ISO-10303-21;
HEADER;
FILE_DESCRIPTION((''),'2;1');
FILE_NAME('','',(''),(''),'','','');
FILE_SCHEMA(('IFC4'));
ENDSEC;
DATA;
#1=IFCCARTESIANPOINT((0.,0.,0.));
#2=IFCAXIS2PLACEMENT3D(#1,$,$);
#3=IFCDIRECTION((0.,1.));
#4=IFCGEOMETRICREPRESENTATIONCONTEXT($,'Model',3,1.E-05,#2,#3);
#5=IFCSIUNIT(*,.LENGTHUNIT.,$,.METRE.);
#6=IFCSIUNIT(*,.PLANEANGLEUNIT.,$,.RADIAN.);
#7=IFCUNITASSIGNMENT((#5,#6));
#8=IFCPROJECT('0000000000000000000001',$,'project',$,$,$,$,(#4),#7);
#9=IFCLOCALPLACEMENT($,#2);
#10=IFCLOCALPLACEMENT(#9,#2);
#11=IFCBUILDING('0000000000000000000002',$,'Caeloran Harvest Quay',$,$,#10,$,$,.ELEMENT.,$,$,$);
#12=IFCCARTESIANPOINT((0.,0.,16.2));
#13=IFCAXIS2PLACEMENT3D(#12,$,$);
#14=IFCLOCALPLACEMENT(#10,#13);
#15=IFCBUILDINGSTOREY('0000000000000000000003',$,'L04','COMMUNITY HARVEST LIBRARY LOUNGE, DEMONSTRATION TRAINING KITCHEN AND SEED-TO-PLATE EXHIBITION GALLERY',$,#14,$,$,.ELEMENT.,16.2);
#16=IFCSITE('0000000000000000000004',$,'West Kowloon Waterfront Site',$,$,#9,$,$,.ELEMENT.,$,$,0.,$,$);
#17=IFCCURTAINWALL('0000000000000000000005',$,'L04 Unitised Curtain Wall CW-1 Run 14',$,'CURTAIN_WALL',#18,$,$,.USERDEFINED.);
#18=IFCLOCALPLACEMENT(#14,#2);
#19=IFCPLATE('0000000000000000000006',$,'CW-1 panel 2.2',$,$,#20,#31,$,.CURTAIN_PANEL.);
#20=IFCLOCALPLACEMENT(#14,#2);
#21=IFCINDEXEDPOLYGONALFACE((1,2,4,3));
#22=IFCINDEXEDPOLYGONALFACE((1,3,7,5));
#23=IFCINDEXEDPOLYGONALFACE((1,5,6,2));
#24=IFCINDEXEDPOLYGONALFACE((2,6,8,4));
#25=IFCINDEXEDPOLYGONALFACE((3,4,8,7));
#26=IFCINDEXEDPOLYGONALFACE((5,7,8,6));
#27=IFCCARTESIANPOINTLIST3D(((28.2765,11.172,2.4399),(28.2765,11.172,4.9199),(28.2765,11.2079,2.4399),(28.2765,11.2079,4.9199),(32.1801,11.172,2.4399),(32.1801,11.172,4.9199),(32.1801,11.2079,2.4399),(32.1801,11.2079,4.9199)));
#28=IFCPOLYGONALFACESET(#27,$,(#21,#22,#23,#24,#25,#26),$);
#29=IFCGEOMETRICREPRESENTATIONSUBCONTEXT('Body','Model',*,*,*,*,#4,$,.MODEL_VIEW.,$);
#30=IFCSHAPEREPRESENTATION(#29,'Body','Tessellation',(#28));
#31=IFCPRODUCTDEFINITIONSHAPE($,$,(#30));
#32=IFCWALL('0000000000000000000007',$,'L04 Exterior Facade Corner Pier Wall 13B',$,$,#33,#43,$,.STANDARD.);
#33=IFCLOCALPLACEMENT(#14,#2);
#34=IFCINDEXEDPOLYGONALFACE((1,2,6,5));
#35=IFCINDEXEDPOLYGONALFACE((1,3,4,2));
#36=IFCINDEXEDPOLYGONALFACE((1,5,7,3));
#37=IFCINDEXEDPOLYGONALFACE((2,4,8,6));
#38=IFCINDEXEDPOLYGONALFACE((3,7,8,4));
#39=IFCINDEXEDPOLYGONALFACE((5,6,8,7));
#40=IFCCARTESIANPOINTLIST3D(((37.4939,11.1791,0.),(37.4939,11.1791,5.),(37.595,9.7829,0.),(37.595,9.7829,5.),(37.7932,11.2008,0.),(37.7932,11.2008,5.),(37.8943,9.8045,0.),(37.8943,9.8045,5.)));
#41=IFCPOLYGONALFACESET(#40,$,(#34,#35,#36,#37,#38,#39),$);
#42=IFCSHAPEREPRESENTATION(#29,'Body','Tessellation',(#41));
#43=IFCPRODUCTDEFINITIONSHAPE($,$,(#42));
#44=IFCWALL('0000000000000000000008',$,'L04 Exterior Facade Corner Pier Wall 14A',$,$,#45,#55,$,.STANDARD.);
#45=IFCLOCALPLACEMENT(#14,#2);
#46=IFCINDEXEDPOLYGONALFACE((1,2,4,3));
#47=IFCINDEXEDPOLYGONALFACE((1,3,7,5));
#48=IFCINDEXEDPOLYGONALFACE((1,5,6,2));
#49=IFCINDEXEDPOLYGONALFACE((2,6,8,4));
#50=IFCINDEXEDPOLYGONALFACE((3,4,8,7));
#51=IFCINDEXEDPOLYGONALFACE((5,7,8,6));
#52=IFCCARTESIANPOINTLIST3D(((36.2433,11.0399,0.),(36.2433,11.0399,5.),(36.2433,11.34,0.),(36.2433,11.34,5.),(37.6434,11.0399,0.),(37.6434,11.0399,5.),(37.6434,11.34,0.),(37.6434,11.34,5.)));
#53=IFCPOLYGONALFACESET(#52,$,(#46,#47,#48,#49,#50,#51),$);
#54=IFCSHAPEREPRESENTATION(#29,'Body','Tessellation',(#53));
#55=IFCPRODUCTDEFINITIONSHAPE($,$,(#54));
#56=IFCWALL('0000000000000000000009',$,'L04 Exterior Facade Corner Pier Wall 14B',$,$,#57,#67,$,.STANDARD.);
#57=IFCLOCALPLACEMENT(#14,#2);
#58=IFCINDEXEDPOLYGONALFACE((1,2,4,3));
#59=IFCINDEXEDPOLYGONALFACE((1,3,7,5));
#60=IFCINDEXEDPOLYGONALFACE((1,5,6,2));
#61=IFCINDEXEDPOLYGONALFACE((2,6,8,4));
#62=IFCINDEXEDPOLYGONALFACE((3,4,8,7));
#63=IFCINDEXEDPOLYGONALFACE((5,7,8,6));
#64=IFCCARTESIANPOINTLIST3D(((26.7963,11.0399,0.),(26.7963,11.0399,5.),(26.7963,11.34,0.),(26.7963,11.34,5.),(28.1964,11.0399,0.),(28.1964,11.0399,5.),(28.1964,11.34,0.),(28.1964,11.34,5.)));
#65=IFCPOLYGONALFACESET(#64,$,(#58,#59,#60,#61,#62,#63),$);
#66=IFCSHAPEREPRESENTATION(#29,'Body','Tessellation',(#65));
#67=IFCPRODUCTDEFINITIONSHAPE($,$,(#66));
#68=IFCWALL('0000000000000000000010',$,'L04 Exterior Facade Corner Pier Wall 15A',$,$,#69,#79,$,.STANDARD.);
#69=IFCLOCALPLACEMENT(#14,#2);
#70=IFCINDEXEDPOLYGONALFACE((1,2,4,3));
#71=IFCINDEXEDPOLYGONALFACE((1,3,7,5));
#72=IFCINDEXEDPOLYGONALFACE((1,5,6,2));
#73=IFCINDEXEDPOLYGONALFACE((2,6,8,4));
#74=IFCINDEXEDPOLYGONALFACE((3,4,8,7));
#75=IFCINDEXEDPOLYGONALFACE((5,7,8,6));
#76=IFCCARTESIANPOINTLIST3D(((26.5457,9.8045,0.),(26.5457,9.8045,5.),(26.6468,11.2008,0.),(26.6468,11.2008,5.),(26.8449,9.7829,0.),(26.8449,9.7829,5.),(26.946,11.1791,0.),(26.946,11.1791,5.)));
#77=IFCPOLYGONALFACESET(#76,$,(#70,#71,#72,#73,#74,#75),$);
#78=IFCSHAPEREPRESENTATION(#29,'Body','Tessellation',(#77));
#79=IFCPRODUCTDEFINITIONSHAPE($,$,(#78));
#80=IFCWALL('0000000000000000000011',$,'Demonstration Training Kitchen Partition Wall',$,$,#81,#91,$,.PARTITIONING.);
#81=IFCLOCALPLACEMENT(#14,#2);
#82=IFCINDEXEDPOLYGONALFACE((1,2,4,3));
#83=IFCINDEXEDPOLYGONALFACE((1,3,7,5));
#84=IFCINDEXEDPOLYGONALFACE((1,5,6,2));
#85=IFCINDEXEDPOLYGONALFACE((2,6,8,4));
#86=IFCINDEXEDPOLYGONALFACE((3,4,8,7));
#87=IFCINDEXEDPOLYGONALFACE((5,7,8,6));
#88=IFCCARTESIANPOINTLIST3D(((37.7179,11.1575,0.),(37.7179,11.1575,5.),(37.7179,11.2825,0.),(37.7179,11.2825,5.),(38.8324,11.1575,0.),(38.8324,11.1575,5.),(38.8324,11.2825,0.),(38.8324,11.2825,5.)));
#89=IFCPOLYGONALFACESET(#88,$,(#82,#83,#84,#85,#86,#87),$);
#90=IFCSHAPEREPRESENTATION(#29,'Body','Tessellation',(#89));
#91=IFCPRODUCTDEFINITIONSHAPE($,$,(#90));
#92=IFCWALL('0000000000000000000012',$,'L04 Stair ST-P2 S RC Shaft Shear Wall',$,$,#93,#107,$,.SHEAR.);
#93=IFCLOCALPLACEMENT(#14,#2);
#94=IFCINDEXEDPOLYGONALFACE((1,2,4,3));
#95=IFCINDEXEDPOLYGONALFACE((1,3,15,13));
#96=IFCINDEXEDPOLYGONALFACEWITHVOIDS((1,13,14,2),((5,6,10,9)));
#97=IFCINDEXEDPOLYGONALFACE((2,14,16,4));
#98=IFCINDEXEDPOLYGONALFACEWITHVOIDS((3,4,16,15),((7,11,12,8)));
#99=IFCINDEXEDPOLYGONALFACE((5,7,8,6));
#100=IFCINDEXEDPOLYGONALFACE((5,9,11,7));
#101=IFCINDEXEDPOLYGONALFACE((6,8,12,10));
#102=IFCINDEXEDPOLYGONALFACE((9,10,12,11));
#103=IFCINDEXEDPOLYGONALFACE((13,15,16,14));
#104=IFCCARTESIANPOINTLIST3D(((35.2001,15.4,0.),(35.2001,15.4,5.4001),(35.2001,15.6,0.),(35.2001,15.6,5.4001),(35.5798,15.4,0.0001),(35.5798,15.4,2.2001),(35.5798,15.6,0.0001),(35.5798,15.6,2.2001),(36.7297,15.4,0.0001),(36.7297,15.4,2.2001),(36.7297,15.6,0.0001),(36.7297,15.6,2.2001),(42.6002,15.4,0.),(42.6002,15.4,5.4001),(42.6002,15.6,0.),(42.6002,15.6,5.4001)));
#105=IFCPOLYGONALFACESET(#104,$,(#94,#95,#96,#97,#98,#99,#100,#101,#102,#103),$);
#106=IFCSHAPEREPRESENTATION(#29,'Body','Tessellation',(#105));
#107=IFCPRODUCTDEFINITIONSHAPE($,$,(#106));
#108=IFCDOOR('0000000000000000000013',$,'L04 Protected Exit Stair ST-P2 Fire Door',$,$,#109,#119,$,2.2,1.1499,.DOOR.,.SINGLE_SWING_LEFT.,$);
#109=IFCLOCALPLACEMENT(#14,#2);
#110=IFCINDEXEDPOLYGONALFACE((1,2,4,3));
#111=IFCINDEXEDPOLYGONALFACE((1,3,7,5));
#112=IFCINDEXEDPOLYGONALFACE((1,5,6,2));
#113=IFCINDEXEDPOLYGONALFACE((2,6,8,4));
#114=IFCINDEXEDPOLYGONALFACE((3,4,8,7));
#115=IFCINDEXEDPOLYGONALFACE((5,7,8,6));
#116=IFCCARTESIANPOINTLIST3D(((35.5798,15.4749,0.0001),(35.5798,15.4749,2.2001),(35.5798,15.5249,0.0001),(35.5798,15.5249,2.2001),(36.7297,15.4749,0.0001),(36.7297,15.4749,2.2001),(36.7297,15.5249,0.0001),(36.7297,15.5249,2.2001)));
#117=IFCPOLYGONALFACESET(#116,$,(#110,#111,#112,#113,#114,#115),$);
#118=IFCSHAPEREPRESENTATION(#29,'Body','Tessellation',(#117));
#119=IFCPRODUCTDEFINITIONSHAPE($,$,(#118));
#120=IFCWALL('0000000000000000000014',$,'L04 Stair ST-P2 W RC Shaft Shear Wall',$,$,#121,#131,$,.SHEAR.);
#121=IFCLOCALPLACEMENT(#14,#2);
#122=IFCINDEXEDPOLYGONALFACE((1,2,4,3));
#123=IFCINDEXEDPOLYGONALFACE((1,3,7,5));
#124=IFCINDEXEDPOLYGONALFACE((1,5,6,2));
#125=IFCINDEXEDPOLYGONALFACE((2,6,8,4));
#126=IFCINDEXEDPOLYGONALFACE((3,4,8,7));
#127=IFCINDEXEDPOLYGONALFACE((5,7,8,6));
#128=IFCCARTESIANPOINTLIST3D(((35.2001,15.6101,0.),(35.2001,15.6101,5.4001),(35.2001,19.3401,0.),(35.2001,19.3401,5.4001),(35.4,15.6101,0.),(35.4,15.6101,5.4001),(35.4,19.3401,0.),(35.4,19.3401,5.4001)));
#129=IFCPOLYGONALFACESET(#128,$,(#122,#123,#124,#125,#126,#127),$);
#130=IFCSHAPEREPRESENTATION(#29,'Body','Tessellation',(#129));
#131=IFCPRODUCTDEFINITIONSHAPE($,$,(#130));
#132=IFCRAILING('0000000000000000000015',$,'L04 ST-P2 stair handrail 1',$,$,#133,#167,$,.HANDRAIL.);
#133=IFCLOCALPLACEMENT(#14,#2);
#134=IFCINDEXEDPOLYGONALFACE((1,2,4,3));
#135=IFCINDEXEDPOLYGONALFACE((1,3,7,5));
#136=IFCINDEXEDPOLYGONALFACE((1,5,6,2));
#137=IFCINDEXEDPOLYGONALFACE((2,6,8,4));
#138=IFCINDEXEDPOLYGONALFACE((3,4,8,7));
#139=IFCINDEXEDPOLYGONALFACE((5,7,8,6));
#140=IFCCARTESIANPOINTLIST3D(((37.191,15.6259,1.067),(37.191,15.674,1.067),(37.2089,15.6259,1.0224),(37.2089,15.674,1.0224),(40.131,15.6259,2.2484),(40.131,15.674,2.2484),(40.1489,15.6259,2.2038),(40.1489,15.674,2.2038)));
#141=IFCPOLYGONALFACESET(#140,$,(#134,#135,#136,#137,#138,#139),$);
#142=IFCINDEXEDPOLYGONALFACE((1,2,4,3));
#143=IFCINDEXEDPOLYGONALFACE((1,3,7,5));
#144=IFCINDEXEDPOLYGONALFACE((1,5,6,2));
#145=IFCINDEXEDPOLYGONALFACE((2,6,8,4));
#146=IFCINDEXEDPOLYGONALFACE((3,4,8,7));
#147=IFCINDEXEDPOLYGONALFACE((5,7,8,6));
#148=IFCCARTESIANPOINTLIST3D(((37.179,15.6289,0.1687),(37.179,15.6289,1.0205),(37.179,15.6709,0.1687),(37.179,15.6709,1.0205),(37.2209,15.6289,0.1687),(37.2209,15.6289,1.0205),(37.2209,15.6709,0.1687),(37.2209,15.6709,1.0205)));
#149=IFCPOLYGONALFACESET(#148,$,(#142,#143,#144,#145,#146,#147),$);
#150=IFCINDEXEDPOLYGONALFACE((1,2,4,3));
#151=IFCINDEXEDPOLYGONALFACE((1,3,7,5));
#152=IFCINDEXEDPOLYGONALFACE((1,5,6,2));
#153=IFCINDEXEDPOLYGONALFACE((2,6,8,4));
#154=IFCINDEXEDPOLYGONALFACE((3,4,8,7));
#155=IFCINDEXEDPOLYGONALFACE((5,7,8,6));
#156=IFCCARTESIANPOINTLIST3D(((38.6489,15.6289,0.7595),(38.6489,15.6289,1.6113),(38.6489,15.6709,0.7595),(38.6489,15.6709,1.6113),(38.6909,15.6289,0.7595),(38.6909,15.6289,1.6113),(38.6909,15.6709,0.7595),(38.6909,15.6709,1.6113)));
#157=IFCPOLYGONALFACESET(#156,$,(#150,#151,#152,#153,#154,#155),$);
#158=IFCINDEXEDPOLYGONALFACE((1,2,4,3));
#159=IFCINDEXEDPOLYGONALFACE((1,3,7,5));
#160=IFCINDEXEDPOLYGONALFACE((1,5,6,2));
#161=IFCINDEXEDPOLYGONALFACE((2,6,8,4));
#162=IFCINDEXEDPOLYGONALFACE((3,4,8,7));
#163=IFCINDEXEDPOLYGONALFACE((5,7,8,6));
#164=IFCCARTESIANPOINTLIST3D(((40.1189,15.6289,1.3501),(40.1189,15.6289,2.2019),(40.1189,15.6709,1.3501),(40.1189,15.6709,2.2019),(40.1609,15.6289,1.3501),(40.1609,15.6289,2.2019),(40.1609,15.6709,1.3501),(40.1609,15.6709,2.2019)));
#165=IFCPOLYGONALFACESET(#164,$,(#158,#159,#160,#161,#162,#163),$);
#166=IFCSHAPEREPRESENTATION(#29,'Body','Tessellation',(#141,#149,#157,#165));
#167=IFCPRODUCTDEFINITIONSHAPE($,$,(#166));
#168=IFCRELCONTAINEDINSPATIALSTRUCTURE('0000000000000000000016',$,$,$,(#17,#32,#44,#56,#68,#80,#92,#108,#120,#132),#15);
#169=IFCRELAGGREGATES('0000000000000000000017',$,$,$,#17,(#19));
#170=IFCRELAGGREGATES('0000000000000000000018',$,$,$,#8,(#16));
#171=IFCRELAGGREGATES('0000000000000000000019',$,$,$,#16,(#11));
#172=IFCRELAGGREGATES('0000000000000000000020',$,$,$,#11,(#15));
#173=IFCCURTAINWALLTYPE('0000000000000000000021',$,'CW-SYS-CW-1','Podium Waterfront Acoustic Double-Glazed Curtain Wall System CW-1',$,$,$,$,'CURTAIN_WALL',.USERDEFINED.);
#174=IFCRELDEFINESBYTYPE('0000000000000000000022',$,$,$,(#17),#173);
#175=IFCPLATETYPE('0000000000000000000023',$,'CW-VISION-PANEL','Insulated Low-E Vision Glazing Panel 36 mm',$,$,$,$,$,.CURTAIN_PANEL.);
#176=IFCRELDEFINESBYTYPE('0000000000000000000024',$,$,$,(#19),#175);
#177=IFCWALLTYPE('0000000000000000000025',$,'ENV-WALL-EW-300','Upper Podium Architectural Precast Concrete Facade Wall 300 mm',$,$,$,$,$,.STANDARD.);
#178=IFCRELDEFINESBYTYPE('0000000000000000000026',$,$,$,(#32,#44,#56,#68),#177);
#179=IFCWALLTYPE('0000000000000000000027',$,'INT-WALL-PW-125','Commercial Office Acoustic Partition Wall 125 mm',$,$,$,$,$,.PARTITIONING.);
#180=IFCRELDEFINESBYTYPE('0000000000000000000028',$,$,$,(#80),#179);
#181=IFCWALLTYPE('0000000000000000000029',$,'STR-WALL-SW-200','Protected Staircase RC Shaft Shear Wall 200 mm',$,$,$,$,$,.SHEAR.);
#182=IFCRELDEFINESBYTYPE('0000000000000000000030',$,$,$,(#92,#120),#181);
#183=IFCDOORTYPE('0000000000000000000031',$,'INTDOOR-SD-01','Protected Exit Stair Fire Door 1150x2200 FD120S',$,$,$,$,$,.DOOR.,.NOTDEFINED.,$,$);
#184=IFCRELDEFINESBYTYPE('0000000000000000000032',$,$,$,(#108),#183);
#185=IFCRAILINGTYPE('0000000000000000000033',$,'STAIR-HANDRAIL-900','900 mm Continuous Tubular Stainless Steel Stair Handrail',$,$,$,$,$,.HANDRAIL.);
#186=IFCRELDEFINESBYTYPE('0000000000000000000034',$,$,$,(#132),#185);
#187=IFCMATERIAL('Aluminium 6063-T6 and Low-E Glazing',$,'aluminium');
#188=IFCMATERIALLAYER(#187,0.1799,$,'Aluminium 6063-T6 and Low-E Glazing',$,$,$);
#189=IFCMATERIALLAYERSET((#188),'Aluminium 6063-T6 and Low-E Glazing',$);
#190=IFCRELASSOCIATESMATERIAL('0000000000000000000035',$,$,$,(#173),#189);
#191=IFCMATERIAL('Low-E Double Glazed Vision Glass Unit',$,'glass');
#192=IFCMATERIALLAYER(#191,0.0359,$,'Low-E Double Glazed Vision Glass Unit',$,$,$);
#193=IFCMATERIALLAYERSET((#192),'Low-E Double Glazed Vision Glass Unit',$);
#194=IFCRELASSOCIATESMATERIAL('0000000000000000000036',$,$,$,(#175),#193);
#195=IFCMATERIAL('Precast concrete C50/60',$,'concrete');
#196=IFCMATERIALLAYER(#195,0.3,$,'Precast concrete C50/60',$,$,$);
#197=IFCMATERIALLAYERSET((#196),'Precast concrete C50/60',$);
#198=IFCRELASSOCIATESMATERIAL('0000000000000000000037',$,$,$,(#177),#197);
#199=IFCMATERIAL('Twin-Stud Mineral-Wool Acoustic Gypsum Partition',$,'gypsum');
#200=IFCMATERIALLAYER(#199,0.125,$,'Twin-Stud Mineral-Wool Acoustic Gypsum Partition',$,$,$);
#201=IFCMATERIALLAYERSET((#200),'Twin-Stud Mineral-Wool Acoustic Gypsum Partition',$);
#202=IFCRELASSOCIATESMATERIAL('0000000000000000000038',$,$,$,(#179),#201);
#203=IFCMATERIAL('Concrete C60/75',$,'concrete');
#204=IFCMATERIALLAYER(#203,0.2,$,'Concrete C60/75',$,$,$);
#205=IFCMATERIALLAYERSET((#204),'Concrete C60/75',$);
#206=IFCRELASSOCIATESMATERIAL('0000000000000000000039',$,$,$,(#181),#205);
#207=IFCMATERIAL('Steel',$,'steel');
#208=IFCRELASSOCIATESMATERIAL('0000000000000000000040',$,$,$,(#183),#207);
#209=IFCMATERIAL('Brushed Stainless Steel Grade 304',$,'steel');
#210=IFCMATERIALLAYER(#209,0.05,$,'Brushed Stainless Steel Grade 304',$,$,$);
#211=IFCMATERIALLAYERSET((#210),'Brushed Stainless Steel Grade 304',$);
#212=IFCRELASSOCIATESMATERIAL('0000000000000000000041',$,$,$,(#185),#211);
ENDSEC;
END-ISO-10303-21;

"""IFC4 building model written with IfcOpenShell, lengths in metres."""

from ifc_helpers import new_model, si_unit, direction, frame, frame_2d, origin, origin_2d, place, context, subcontext, project, spatial, rectangle, extrude, material, layer, layer_set, type_object, element, fill, aggregate, save


model = new_model("IFC4")

# Units and contexts
model_context = context("Model", 3, precision=1e-05, world=origin(), true_north=direction((0.0, 1.0)))
body_context = subcontext(model_context, "Body", "Model", "MODEL_VIEW")
ifc_project = project(units=[si_unit("LENGTHUNIT", "METRE"), si_unit("PLANEANGLEUNIT", "RADIAN")], contexts=[model_context])

# Site, building, storey
site_placement = place(None, origin())
site = spatial("IfcSite", under=ifc_project, at=site_placement, Name="West Kowloon Waterfront Site", CompositionType="ELEMENT", RefElevation=0.0)
building_placement = place(site_placement, origin())
building = spatial("IfcBuilding", under=site, at=building_placement, Name="Caeloran Harvest Quay", CompositionType="ELEMENT")
storey_placement = place(building_placement, frame((0.0, 0.0, 16.2)))
storey = spatial("IfcBuildingStorey", under=building, at=storey_placement, Name="L04", Description="COMMUNITY HARVEST LIBRARY LOUNGE, DEMONSTRATION TRAINING KITCHEN AND SEED-TO-PLATE EXHIBITION GALLERY", CompositionType="ELEMENT", Elevation=16.2)

# Curtain wall
ifc_material_1 = material(Name="Aluminium 6063-T6 and Low-E Glazing", Category="aluminium")
ifc_layer_1 = layer(ifc_material_1, 0.1799, Name="Aluminium 6063-T6 and Low-E Glazing")
ifc_layer_set_1 = layer_set([ifc_layer_1], Name="Aluminium 6063-T6 and Low-E Glazing")
curtain_wall_type = type_object("IfcCurtainWallType", Name="CW-SYS-CW-1", Description="Podium Waterfront Acoustic Double-Glazed Curtain Wall System CW-1", ElementType="CURTAIN_WALL", PredefinedType="USERDEFINED", material=ifc_layer_set_1)
curtain_wall_1_placement = place(storey_placement, origin())
curtain_wall_1 = element("IfcCurtainWall", 1, at=curtain_wall_1_placement, inside=storey, type_object=curtain_wall_type, Name="L04 Unitised Curtain Wall CW-1 Run 14", ObjectType="CURTAIN_WALL", PredefinedType="USERDEFINED")

# Plate
ifc_material_2 = material(Name="Low-E Double Glazed Vision Glass Unit", Category="glass")
ifc_layer_2 = layer(ifc_material_2, 0.0359, Name="Low-E Double Glazed Vision Glass Unit")
ifc_layer_set_2 = layer_set([ifc_layer_2], Name="Low-E Double Glazed Vision Glass Unit")
plate_type = type_object("IfcPlateType", Name="CW-VISION-PANEL", Description="Insulated Low-E Vision Glazing Panel 36 mm", PredefinedType="CURTAIN_PANEL", material=ifc_layer_set_2)
plate_1_placement = place(storey_placement, frame((30.2283, 11.1899, 2.4399), z_axis=(0.0, 0.0, 1.0), x_axis=(-1.0, 0.0, 0.0)))
plate_1 = element("IfcPlate", 2, at=plate_1_placement, type_object=plate_type, Name="CW-1 panel 2.2", PredefinedType="CURTAIN_PANEL", context=body_context, shape_type="SweptSolid", body=[
    extrude(rectangle(XDim=3.9036, YDim=0.0359, at=origin_2d()), origin(), (0.0, 0.0, 1.0), 2.48),
])
aggregate(curtain_wall_1, [plate_1])

# Walls
ifc_material_3 = material(Name="Precast concrete C50/60", Category="concrete")
ifc_layer_3 = layer(ifc_material_3, 0.3, Name="Precast concrete C50/60")
ifc_layer_set_3 = layer_set([ifc_layer_3], Name="Precast concrete C50/60")
wall_type_1 = type_object("IfcWallType", Name="ENV-WALL-EW-300", Description="Upper Podium Architectural Precast Concrete Facade Wall 300 mm", PredefinedType="STANDARD", material=ifc_layer_set_3)
wall_1_placement = place(storey_placement, frame((37.7446, 9.7937, 0.0), z_axis=(0.0, 0.0, 1.0), x_axis=(-0.072201, 0.99739, 0.0)))
element("IfcWall", 3, at=wall_1_placement, inside=storey, type_object=wall_type_1, Name="L04 Exterior Facade Corner Pier Wall 13B", PredefinedType="STANDARD", context=body_context, shape_type="SweptSolid", body=[
    extrude(rectangle(XDim=1.3999, YDim=0.3, at=frame_2d((0.7, 0.0))), origin(), (0.0, 0.0, 1.0), 5.0),
])
for number, where, z_axis, x_axis, name in (
    (4, (37.6436, 11.1899, 0.0), (0.0, 0.0, 1.0), (-1.0, 0.0, 0.0), "L04 Exterior Facade Corner Pier Wall 14A"),
    (5, (28.1965, 11.1899, 0.0), (0.0, 0.0, 1.0), (-1.0, 0.0, 0.0), "L04 Exterior Facade Corner Pier Wall 14B"),
):
    element("IfcWall", number, at=place(storey_placement, frame(where, z_axis=z_axis, x_axis=x_axis)), inside=storey, type_object=wall_type_1, Name=name, PredefinedType="STANDARD", context=body_context, shape_type="SweptSolid", body=[
        extrude(rectangle(XDim=1.4001, YDim=0.3, at=frame_2d((0.7002, 0.0))), origin(), (0.0, 0.0, 1.0), 5.0),
    ])
wall_2_placement = place(storey_placement, frame((26.7964, 11.1899, 0.0), z_axis=(0.0, 0.0, 1.0), x_axis=(-0.072201, -0.99739, 0.0)))
element("IfcWall", 6, at=wall_2_placement, inside=storey, type_object=wall_type_1, Name="L04 Exterior Facade Corner Pier Wall 15A", PredefinedType="STANDARD", context=body_context, shape_type="SweptSolid", body=[
    extrude(rectangle(XDim=1.3999, YDim=0.3, at=frame_2d((0.7, 0.0))), origin(), (0.0, 0.0, 1.0), 5.0),
])
ifc_material_4 = material(Name="Twin-Stud Mineral-Wool Acoustic Gypsum Partition", Category="gypsum")
ifc_layer_4 = layer(ifc_material_4, 0.125, Name="Twin-Stud Mineral-Wool Acoustic Gypsum Partition")
ifc_layer_set_4 = layer_set([ifc_layer_4], Name="Twin-Stud Mineral-Wool Acoustic Gypsum Partition")
wall_type_2 = type_object("IfcWallType", Name="INT-WALL-PW-125", Description="Commercial Office Acoustic Partition Wall 125 mm", PredefinedType="PARTITIONING", material=ifc_layer_set_4)
wall_3_placement = place(storey_placement, frame((37.718, 11.22, 0.0), z_axis=(0.0, 0.0, 1.0), x_axis=(1.0, 0.0, 0.0)))
element("IfcWall", 7, at=wall_3_placement, inside=storey, type_object=wall_type_2, Name="Demonstration Training Kitchen Partition Wall", PredefinedType="PARTITIONING", context=body_context, shape_type="SweptSolid", body=[
    extrude(rectangle(XDim=1.1145, YDim=0.125, at=frame_2d((0.5571, 0.0))), origin(), (0.0, 0.0, 1.0), 5.0),
])

# Wall, opening, door
ifc_material_5 = material(Name="Concrete C60/75", Category="concrete")
ifc_layer_5 = layer(ifc_material_5, 0.2, Name="Concrete C60/75")
ifc_layer_set_5 = layer_set([ifc_layer_5], Name="Concrete C60/75")
wall_type_3 = type_object("IfcWallType", Name="STR-WALL-SW-200", Description="Protected Staircase RC Shaft Shear Wall 200 mm", PredefinedType="SHEAR", material=ifc_layer_set_5)
wall_4_placement = place(storey_placement, frame((35.2, 15.5, 0.0), z_axis=(0.0, 0.0, 1.0), x_axis=(1.0, 0.0, 0.0)))
wall_4 = element("IfcWall", 8, at=wall_4_placement, inside=storey, type_object=wall_type_3, Name="L04 Stair ST-P2 S RC Shaft Shear Wall", PredefinedType="SHEAR", context=body_context, shape_type="SweptSolid", body=[
    extrude(rectangle(XDim=7.4001, YDim=0.2, at=frame_2d((3.7002, 0.0))), origin(), (0.0, 0.0, 1.0), 5.4001),
])
opening_placement = place(wall_4_placement, frame((0.3799, 0.0, 0.0)))
opening = element("IfcOpeningElement", 9, at=opening_placement, cuts=wall_4, PredefinedType="OPENING", context=body_context, shape_type="SweptSolid", body=[
    extrude(rectangle(XDim=1.1499, YDim=2.2, at=frame_2d((0.575, 1.1001))), frame((0.0, 0.1099, 0.0), z_axis=(0.0, -1.0, 0.0), x_axis=(1.0, 0.0, 0.0)), (0.0, 0.0, 1.0), 0.22),
])
ifc_material_6 = material(Name="Steel", Category="steel")
door_type = type_object("IfcDoorType", Name="INTDOOR-SD-01", Description="Protected Exit Stair Fire Door 1150x2200 FD120S", OperationType="NOTDEFINED", PredefinedType="DOOR", material=ifc_material_6)
door_placement = place(opening_placement, origin())
door = element("IfcDoor", 10, at=door_placement, inside=storey, type_object=door_type, Name="L04 Protected Exit Stair ST-P2 Fire Door", OperationType="SINGLE_SWING_LEFT", OverallHeight=2.2, OverallWidth=1.1499, PredefinedType="DOOR", context=body_context, shape_type="SweptSolid", body=[
    extrude(rectangle(XDim=1.1499, YDim=2.2, at=frame_2d((0.575, 1.1001))), frame((0.0, 0.0249, 0.0), z_axis=(0.0, -1.0, 0.0), x_axis=(1.0, 0.0, 0.0)), (0.0, 0.0, 1.0), 0.05),
])
fill(opening, door)

# Wall
wall_5_placement = place(storey_placement, frame((35.3, 15.6101, 0.0), z_axis=(0.0, 0.0, 1.0), x_axis=(0.0, 1.0, 0.0)))
element("IfcWall", 11, at=wall_5_placement, inside=storey, type_object=wall_type_3, Name="L04 Stair ST-P2 W RC Shaft Shear Wall", PredefinedType="SHEAR", context=body_context, shape_type="SweptSolid", body=[
    extrude(rectangle(XDim=3.73, YDim=0.2, at=frame_2d((1.865, 0.0))), origin(), (0.0, 0.0, 1.0), 5.4001),
])

# Railing
ifc_material_7 = material(Name="Brushed Stainless Steel Grade 304", Category="steel")
ifc_layer_6 = layer(ifc_material_7, 0.05, Name="Brushed Stainless Steel Grade 304")
ifc_layer_set_6 = layer_set([ifc_layer_6], Name="Brushed Stainless Steel Grade 304")
railing_type = type_object("IfcRailingType", Name="STAIR-HANDRAIL-900", Description="900 mm Continuous Tubular Stainless Steel Stair Handrail", PredefinedType="HANDRAIL", material=ifc_layer_set_6)
railing_placement = place(storey_placement, frame((37.2, 15.6499, 0.1687)))
element("IfcRailing", 12, at=railing_placement, inside=storey, type_object=railing_type, Name="L04 ST-P2 stair handrail 1", PredefinedType="HANDRAIL", context=body_context, shape_type="SweptSolid", body=[
    extrude(rectangle(XDim=0.0481, YDim=0.0481, at=origin_2d()), frame((0.0, 0.0, 0.876), z_axis=(0.927886, 0.0, 0.372865), x_axis=(0.0, 1.0, 0.0)), (0.0, 0.0, 1.0), 3.1685),
    extrude(rectangle(XDim=0.042, YDim=0.042, at=origin_2d()), origin(), (0.0, 0.0, 1.0), 0.8518),
    extrude(rectangle(XDim=0.042, YDim=0.042, at=origin_2d()), frame((1.47, 0.0, 0.5908)), (0.0, 0.0, 1.0), 0.8518),
    extrude(rectangle(XDim=0.042, YDim=0.042, at=origin_2d()), frame((2.9399, 0.0, 1.1814)), (0.0, 0.0, 1.0), 0.8518),
])

save(model, "model.ifc")
